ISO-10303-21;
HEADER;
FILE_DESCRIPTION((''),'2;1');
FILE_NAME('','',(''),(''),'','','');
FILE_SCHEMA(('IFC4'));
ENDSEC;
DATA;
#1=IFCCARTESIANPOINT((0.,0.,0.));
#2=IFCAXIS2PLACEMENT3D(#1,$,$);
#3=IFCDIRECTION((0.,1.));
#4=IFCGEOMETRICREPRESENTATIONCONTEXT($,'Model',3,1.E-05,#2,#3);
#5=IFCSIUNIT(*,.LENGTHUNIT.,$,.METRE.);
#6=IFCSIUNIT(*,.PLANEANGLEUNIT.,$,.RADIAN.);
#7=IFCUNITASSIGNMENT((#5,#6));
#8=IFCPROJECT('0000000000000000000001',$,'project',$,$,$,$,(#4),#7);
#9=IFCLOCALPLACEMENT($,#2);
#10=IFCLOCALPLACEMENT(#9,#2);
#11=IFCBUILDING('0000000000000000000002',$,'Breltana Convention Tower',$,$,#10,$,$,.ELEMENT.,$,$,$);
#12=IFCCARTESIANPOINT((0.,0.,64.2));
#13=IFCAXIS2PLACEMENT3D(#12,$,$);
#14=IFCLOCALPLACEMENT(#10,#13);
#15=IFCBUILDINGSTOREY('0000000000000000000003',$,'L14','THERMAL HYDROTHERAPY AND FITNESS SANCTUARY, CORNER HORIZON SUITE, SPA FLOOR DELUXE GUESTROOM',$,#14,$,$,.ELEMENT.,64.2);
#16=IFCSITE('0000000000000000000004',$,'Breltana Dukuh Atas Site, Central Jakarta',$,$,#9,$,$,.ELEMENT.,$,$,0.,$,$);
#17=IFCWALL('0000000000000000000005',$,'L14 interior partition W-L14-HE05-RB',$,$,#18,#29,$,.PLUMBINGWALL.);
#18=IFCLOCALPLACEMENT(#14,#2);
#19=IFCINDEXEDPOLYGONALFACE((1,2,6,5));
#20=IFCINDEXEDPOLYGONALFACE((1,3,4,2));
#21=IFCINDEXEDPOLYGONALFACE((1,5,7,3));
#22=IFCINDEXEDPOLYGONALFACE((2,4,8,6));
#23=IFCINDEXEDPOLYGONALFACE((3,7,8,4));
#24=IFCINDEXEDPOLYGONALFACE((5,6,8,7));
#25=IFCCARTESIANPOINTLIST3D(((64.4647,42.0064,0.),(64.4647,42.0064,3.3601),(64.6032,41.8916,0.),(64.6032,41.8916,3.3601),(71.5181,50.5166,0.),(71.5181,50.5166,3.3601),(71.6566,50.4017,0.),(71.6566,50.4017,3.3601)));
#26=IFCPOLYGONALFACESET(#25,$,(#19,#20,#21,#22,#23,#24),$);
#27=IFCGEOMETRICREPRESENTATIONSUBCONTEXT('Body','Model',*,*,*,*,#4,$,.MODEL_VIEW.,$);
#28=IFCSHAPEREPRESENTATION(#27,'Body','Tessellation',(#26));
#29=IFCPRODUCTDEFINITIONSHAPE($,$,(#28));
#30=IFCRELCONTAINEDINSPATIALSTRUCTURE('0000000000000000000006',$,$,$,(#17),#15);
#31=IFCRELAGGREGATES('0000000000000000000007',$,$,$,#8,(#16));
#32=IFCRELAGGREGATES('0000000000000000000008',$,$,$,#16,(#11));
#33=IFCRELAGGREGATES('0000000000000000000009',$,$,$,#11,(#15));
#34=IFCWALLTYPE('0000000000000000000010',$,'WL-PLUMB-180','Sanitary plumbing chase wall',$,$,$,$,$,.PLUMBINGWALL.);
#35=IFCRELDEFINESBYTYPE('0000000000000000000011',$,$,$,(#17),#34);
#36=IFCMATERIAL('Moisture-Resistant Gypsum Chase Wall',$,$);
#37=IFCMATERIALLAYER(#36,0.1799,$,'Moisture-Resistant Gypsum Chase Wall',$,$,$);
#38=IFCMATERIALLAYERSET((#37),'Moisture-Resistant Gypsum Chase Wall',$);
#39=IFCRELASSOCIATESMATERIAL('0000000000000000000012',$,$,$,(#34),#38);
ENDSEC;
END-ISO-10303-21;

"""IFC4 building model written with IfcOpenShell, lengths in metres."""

from ifc_helpers import new_model, si_unit, direction, frame, frame_2d, origin, place, context, subcontext, project, spatial, rectangle, extrude, source, transform, mapped, material, layer, layer_set, type_object, element, save


model = new_model("IFC4")

# Units and contexts
model_context = context("Model", 3, precision=1e-05, world=origin(), true_north=direction((0.0, 1.0)))
body_context = subcontext(model_context, "Body", "Model", "MODEL_VIEW")
ifc_project = project(units=[si_unit("LENGTHUNIT", "METRE"), si_unit("PLANEANGLEUNIT", "RADIAN")], contexts=[model_context])

# Site, building, storey
site_placement = place(None, origin())
site = spatial("IfcSite", under=ifc_project, at=site_placement, Name="Breltana Dukuh Atas Site, Central Jakarta", CompositionType="ELEMENT", RefElevation=0.0)
building_placement = place(site_placement, origin())
building = spatial("IfcBuilding", under=site, at=building_placement, Name="Breltana Convention Tower", CompositionType="ELEMENT")
storey_placement = place(building_placement, frame((0.0, 0.0, 64.2)))
storey = spatial("IfcBuildingStorey", under=building, at=storey_placement, Name="L14", Description="THERMAL HYDROTHERAPY AND FITNESS SANCTUARY, CORNER HORIZON SUITE, SPA FLOOR DELUXE GUESTROOM", CompositionType="ELEMENT", Elevation=64.2)

# Wall
ifc_material_1 = material(Name="Moisture-Resistant Gypsum Chase Wall")
ifc_layer_1 = layer(ifc_material_1, 0.1799, Name="Moisture-Resistant Gypsum Chase Wall")
ifc_layer_set_1 = layer_set([ifc_layer_1], Name="Moisture-Resistant Gypsum Chase Wall")
wall_type = type_object("IfcWallType", Name="WL-PLUMB-180", Description="Sanitary plumbing chase wall", PredefinedType="PLUMBINGWALL", material=ifc_layer_set_1)
shared_shape_1 = source(origin(), body_context, "Body", "SweptSolid", [
    extrude(rectangle(XDim=11.0532, YDim=0.1799, at=frame_2d((5.5266, 0.0))), origin(), (0.0, 0.0, 1.0), 3.3601),
])
wall_placement = place(storey_placement, frame((64.5339, 41.949, 0.0), z_axis=(0.0, 0.0, 1.0), x_axis=(0.638131, 0.769928, 0.0)))
element("IfcWall", 1, at=wall_placement, inside=storey, type_object=wall_type, Name="L14 interior partition W-L14-HE05-RB", PredefinedType="PLUMBINGWALL", context=body_context, shape_type="MappedRepresentation", body=[
    mapped(shared_shape_1, transform((0.0, 0.0, 0.0), scale=1.0)),
])

save(model, "model.ifc")
